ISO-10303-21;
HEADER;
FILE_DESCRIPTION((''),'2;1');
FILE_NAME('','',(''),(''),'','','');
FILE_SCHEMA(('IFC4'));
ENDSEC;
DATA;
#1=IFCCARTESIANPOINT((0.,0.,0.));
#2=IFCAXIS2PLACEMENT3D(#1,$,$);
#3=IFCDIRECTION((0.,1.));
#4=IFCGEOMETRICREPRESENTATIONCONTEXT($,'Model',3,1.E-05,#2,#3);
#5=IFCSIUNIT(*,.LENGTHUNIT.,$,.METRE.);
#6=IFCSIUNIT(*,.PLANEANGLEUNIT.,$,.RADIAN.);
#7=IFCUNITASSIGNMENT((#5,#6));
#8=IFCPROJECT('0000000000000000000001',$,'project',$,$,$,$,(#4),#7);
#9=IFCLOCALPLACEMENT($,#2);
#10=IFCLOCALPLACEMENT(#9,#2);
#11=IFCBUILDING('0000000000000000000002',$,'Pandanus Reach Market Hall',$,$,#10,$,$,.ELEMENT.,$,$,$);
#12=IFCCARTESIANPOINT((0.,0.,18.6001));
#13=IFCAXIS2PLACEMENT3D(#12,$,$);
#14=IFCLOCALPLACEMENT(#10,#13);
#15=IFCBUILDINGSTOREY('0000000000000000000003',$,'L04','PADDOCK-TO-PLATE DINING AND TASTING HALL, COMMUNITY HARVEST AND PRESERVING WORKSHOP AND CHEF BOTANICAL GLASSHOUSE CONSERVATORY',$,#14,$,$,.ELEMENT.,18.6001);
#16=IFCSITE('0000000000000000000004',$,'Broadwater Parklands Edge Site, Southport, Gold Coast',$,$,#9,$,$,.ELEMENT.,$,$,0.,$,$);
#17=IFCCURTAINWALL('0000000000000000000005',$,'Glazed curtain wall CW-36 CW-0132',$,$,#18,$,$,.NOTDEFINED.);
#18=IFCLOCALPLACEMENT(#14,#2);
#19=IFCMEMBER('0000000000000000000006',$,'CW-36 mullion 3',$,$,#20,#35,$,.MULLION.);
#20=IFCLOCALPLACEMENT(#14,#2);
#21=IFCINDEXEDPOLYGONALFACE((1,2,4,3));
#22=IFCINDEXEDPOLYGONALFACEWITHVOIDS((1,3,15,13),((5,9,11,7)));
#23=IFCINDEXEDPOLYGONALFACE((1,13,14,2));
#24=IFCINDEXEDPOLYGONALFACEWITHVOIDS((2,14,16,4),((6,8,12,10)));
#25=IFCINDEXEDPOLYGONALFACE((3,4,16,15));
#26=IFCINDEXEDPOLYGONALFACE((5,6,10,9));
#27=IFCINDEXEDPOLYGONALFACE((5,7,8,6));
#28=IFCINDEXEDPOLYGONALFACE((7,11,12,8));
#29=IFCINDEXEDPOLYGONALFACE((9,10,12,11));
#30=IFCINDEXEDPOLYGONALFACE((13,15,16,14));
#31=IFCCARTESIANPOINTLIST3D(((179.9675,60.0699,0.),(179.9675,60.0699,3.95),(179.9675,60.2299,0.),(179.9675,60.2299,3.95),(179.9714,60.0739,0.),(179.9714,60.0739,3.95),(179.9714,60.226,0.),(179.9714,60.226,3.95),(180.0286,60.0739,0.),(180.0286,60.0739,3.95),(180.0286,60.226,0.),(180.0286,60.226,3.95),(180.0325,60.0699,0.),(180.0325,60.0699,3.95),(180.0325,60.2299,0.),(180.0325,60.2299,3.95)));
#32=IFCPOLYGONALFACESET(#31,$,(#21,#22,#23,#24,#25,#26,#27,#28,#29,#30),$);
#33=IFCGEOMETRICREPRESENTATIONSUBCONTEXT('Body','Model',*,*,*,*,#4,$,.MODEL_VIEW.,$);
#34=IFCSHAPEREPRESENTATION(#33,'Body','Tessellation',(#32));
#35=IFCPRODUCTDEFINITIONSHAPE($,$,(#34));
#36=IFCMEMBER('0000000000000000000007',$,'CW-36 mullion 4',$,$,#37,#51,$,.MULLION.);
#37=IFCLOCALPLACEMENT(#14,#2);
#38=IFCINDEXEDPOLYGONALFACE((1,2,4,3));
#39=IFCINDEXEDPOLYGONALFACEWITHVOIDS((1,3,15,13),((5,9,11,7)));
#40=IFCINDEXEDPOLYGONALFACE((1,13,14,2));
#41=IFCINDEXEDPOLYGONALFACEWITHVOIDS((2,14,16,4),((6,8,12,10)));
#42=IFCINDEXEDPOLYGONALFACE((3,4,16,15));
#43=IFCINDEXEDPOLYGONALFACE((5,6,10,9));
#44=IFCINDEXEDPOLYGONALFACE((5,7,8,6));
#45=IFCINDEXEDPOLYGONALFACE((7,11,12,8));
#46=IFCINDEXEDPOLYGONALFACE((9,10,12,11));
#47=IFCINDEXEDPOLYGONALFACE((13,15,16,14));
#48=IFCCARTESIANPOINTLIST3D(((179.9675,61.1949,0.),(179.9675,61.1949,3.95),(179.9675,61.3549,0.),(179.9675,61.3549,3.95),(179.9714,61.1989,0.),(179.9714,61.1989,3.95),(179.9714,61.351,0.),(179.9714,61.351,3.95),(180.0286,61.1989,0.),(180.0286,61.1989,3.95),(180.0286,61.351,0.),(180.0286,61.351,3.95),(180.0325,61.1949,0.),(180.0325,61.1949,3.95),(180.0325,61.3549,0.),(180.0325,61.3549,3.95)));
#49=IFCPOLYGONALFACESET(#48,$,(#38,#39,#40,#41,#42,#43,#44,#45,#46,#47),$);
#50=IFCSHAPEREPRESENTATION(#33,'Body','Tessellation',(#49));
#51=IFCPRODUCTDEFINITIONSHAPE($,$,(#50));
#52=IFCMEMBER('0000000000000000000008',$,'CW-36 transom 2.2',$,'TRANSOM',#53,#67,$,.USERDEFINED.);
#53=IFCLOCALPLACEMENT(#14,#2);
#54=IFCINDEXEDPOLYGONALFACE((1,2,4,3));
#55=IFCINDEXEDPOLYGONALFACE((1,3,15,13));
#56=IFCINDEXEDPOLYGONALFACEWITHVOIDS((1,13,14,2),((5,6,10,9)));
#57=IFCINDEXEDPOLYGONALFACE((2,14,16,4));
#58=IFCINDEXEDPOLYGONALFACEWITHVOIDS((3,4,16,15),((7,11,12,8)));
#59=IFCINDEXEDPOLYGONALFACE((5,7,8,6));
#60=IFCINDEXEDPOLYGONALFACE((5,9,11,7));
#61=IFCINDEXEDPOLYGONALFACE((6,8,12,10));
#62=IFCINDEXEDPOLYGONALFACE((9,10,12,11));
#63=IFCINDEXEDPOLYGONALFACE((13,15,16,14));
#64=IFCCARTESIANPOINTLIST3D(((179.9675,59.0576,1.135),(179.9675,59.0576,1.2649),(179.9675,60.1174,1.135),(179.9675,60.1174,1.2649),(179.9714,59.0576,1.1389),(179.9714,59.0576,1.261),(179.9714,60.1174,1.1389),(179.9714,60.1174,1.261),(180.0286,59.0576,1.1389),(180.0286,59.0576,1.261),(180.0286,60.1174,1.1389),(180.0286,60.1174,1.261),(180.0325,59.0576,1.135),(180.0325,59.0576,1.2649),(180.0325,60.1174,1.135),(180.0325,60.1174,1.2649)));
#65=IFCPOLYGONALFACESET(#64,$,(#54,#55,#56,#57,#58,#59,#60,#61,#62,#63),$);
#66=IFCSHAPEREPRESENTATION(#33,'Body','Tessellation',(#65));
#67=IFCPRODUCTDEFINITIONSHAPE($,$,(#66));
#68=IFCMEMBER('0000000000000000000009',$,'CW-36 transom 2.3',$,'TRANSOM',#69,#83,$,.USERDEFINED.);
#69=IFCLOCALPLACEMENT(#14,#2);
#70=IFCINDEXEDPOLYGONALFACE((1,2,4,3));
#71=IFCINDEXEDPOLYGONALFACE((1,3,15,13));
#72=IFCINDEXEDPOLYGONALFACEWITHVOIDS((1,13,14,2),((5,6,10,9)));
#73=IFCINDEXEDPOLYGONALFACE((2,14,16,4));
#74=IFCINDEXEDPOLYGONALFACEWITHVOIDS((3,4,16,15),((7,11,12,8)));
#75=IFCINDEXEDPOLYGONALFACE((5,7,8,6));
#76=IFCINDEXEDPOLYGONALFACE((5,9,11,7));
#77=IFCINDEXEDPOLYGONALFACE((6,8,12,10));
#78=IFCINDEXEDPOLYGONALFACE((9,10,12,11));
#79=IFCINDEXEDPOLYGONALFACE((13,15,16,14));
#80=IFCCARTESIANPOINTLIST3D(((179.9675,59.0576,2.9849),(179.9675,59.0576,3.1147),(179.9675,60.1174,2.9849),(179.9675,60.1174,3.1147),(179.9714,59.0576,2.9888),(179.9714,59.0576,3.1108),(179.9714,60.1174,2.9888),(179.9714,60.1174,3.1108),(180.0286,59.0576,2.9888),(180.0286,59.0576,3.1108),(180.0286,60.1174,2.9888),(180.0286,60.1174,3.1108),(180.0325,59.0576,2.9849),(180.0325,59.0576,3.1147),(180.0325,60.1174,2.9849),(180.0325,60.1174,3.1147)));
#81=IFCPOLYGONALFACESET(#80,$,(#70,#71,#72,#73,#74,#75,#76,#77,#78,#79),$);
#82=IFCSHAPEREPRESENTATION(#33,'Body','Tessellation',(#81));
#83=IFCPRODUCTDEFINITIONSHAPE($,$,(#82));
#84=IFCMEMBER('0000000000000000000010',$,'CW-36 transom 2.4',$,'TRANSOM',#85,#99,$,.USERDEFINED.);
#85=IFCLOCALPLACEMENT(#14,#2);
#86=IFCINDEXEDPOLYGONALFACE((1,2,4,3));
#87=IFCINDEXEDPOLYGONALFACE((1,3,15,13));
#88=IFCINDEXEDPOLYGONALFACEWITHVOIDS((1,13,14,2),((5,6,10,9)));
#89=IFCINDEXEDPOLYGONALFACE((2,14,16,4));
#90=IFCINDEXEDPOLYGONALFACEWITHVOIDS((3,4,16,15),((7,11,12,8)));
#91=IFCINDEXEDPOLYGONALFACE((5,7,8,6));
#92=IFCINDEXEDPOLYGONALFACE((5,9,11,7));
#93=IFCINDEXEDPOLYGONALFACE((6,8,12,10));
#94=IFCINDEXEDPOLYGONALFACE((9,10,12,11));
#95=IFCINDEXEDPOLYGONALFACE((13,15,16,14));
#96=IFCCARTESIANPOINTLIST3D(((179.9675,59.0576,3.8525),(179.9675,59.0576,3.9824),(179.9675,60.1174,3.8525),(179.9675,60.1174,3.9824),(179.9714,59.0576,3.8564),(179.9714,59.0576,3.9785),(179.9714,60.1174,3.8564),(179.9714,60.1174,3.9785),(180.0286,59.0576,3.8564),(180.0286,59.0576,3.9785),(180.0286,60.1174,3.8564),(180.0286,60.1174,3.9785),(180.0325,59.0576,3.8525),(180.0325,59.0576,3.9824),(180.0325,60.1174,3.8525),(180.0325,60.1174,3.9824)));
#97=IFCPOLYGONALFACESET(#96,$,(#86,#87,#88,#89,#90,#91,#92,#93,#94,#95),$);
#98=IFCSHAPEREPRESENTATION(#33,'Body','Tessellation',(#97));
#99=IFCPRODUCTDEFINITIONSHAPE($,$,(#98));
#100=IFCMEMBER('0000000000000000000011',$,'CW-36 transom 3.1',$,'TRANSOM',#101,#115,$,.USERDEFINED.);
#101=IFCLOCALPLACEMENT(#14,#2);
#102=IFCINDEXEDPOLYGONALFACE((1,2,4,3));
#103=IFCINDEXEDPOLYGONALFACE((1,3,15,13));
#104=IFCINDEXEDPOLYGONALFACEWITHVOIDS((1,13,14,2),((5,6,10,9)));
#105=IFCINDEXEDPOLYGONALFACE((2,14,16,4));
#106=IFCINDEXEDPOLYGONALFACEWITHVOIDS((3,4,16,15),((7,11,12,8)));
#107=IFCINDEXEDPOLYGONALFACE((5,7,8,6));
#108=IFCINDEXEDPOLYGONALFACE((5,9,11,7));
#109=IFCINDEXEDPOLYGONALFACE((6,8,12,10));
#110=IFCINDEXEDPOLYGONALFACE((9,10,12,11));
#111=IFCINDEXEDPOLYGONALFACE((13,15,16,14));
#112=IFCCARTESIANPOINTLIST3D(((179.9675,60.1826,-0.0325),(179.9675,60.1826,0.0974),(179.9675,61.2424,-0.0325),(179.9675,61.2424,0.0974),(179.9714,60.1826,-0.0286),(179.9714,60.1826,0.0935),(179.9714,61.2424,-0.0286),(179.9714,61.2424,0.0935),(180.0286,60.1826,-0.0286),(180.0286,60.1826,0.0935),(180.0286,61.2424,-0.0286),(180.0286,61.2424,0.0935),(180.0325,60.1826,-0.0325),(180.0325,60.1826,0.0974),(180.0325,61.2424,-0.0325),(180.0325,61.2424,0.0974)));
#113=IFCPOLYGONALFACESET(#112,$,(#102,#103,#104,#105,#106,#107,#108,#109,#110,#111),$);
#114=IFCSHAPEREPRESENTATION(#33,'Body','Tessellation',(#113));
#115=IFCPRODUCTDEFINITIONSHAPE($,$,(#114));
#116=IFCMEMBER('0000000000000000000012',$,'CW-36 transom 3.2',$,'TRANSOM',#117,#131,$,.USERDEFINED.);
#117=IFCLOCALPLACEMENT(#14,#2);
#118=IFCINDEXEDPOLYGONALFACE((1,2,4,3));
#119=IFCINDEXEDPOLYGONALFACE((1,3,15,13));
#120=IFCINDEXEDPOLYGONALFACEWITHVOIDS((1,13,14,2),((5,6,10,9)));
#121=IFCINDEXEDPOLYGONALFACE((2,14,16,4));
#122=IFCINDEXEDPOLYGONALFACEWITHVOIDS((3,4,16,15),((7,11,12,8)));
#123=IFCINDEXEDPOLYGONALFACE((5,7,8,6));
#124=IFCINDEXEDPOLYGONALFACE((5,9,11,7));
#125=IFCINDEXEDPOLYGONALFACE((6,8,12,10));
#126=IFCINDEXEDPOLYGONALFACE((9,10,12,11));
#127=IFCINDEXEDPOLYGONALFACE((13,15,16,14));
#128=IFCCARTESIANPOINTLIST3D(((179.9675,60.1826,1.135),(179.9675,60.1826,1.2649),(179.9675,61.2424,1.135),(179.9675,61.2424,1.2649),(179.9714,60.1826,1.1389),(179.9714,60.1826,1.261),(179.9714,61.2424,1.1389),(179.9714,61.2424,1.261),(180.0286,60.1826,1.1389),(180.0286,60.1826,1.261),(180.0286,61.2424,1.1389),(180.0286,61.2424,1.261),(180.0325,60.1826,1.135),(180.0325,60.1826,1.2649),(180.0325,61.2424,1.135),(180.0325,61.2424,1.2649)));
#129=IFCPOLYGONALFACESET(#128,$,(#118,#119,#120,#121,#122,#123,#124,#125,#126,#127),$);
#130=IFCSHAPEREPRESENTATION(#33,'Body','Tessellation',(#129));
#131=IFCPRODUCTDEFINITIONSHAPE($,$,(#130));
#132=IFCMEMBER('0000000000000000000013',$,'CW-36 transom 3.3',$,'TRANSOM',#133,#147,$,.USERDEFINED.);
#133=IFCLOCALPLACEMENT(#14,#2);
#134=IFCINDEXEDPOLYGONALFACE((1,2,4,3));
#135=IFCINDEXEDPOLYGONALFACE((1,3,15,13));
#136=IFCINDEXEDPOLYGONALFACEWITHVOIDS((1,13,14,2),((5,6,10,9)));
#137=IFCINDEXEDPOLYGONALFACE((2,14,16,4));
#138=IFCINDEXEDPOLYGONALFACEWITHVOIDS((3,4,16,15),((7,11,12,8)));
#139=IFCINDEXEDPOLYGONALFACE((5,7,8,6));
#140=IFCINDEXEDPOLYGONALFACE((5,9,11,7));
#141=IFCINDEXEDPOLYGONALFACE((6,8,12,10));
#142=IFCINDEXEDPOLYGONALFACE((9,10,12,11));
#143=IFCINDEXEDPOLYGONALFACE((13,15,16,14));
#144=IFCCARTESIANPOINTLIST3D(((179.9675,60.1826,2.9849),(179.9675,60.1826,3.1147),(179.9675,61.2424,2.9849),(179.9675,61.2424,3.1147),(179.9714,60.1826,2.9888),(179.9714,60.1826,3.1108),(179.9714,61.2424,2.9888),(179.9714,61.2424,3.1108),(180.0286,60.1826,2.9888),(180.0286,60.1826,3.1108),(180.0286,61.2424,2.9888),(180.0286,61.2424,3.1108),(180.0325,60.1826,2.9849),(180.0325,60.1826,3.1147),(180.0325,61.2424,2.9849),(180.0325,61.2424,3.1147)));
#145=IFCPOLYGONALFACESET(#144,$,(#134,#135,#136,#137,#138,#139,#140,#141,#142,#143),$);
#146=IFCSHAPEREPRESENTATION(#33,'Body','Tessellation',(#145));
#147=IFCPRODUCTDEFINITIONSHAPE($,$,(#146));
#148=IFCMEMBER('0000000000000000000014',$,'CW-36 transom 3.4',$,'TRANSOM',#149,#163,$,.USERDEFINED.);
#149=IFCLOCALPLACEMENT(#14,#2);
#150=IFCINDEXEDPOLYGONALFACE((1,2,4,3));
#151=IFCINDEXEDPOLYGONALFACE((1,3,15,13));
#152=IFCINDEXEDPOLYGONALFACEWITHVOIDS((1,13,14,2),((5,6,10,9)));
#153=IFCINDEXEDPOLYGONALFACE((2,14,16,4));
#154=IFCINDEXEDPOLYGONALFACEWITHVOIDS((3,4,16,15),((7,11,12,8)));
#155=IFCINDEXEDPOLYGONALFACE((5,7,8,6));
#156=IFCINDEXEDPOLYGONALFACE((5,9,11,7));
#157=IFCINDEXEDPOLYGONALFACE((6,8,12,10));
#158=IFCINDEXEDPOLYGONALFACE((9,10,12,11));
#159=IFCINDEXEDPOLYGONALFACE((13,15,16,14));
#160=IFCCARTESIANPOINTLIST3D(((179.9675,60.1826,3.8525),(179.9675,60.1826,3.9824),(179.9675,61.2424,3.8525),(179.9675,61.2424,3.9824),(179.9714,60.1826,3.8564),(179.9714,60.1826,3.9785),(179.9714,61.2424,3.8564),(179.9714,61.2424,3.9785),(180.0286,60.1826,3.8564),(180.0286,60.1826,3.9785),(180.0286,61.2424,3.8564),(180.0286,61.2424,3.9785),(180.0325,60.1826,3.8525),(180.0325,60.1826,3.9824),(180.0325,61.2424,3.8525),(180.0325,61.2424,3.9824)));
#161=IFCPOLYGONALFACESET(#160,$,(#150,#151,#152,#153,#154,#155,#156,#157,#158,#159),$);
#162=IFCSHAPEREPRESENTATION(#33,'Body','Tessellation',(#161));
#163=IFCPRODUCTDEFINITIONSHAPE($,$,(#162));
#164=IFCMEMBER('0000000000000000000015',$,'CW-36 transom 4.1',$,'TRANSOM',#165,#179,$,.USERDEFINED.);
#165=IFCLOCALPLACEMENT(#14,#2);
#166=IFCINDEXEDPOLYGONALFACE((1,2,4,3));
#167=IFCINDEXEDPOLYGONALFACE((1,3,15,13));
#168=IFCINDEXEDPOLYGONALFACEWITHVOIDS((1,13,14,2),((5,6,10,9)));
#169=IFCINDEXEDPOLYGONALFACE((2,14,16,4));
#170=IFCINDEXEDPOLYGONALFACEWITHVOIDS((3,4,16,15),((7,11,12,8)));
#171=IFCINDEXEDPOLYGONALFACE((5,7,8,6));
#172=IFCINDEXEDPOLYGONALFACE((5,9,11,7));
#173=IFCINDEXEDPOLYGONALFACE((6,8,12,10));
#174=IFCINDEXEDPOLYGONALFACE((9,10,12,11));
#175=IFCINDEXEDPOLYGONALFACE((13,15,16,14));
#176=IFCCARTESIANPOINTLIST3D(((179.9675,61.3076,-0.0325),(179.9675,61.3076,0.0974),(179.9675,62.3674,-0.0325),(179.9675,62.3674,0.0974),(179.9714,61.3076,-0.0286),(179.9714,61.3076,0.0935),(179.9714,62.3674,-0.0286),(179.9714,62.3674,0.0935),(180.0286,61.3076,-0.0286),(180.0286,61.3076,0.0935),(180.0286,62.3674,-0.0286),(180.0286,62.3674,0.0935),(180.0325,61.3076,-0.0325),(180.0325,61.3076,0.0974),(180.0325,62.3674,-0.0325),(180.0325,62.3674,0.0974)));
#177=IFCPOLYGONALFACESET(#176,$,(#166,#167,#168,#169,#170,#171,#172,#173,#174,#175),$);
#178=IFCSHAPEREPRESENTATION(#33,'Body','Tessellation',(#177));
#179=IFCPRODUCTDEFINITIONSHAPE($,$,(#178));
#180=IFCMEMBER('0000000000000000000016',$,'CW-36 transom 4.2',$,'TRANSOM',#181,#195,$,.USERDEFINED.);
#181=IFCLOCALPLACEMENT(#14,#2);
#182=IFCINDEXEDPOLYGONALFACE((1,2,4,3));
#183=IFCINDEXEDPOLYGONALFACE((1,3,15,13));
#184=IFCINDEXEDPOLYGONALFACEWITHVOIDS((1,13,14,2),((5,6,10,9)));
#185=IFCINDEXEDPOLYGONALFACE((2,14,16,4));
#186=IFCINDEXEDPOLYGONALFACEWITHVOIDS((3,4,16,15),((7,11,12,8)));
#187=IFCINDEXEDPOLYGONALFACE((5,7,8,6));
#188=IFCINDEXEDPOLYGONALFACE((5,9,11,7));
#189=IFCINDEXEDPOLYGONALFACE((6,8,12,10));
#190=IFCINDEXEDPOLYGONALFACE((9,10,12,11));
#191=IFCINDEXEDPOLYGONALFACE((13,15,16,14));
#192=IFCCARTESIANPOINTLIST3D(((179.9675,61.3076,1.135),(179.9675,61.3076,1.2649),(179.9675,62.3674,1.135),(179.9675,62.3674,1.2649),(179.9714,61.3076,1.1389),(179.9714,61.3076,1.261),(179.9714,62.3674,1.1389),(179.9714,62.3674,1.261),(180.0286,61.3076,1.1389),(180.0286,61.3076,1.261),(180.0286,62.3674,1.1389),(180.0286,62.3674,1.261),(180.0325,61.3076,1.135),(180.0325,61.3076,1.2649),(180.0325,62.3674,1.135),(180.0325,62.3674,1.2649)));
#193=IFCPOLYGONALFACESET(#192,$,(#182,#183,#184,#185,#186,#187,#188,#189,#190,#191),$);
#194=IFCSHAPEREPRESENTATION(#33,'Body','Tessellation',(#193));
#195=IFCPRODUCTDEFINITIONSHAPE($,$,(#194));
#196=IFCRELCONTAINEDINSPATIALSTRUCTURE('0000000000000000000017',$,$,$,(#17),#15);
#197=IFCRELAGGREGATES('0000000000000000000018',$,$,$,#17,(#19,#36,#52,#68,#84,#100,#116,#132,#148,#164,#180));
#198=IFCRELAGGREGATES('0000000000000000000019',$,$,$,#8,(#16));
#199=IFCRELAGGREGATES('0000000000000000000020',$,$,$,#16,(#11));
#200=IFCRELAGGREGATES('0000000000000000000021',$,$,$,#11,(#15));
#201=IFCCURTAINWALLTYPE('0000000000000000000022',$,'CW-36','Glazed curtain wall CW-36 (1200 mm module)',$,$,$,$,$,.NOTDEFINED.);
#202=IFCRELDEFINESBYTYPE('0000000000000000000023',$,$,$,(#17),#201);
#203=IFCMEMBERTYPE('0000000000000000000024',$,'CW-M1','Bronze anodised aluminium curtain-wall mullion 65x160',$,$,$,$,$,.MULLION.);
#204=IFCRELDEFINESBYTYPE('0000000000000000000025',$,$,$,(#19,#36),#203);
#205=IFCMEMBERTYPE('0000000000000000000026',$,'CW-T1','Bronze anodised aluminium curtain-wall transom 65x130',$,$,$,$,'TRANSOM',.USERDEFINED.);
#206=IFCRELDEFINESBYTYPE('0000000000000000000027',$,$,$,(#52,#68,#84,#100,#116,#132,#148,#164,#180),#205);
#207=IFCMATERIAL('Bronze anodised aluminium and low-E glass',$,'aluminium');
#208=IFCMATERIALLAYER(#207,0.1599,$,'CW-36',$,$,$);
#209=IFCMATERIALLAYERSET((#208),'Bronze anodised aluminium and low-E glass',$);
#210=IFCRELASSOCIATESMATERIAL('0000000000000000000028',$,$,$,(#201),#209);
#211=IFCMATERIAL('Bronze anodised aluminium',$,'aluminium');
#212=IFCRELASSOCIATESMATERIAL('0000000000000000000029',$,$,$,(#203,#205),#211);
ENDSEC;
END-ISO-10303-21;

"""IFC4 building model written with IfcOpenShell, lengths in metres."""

from ifc_helpers import new_model, si_unit, direction, frame, origin, origin_2d, place, context, subcontext, project, spatial, hollow_rectangle, extrude, material, layer, layer_set, material_profile, profile_set, type_object, element, aggregate, save


model = new_model("IFC4")

# Units and contexts
model_context = context("Model", 3, precision=1e-05, world=origin(), true_north=direction((0.0, 1.0)))
body_context = subcontext(model_context, "Body", "Model", "MODEL_VIEW")
ifc_project = project(units=[si_unit("LENGTHUNIT", "METRE"), si_unit("PLANEANGLEUNIT", "RADIAN")], contexts=[model_context])

# Site, building, storey
site_placement = place(None, origin())
site = spatial("IfcSite", under=ifc_project, at=site_placement, Name="Broadwater Parklands Edge Site, Southport, Gold Coast", CompositionType="ELEMENT", RefElevation=0.0)
building_placement = place(site_placement, origin())
building = spatial("IfcBuilding", under=site, at=building_placement, Name="Pandanus Reach Market Hall", CompositionType="ELEMENT")
storey_placement = place(building_placement, frame((0.0, 0.0, 18.6001)))
storey = spatial("IfcBuildingStorey", under=building, at=storey_placement, Name="L04", Description="PADDOCK-TO-PLATE DINING AND TASTING HALL, COMMUNITY HARVEST AND PRESERVING WORKSHOP AND CHEF BOTANICAL GLASSHOUSE CONSERVATORY", CompositionType="ELEMENT", Elevation=18.6001)

# Curtain wall, members
ifc_material_1 = material(Name="Bronze anodised aluminium and low-E glass", Category="aluminium")
ifc_layer_1 = layer(ifc_material_1, 0.1599, Name="CW-36")
ifc_layer_set_1 = layer_set([ifc_layer_1], Name="Bronze anodised aluminium and low-E glass")
curtain_wall_type = type_object("IfcCurtainWallType", Name="CW-36", Description="Glazed curtain wall CW-36 (1200 mm module)", PredefinedType="NOTDEFINED", material=ifc_layer_set_1)
curtain_wall_placement = place(storey_placement, origin())
curtain_wall = element("IfcCurtainWall", 1, at=curtain_wall_placement, inside=storey, type_object=curtain_wall_type, Name="Glazed curtain wall CW-36 CW-0132", PredefinedType="NOTDEFINED")
ifc_material_2 = material(Name="Bronze anodised aluminium", Category="aluminium")
ifc_material_profile_1 = material_profile(ifc_material_2, hollow_rectangle(XDim=0.0649, YDim=0.1599, WallThickness=0.0039, at=origin_2d()), Name="ALU65x160", Category="LoadBearing")
ifc_profile_set_1 = profile_set([ifc_material_profile_1], Name="Bronze anodised aluminium")
member_type_1 = type_object("IfcMemberType", Name="CW-M1", Description="Bronze anodised aluminium curtain-wall mullion 65x160", PredefinedType="MULLION", material=ifc_profile_set_1)
member_1_placement = place(storey_placement, frame((180.0, 60.1499, 0.0), z_axis=(0.0, 0.0, 1.0), x_axis=(-1.0, 0.0, 0.0)))
member_1 = element("IfcMember", 2, at=member_1_placement, type_object=member_type_1, Name="CW-36 mullion 3", PredefinedType="MULLION", context=body_context, shape_type="SweptSolid", body=[
    extrude(hollow_rectangle(XDim=0.0649, YDim=0.1599, WallThickness=0.0039, at=origin_2d()), origin(), (0.0, 0.0, 1.0), 3.95),
])
member_2_placement = place(storey_placement, frame((180.0, 61.2749, 0.0), z_axis=(0.0, 0.0, 1.0), x_axis=(-1.0, 0.0, 0.0)))
member_2 = element("IfcMember", 3, at=member_2_placement, type_object=member_type_1, Name="CW-36 mullion 4", PredefinedType="MULLION", context=body_context, shape_type="SweptSolid", body=[
    extrude(hollow_rectangle(XDim=0.0649, YDim=0.1599, WallThickness=0.0039, at=origin_2d()), origin(), (0.0, 0.0, 1.0), 3.95),
])
ifc_material_profile_2 = material_profile(ifc_material_2, hollow_rectangle(XDim=0.0649, YDim=0.1299, WallThickness=0.0039, at=origin_2d()), Name="ALU65x130", Category="LoadBearing")
ifc_profile_set_2 = profile_set([ifc_material_profile_2], Name="Bronze anodised aluminium")
member_type_2 = type_object("IfcMemberType", Name="CW-T1", Description="Bronze anodised aluminium curtain-wall transom 65x130", ElementType="TRANSOM", PredefinedType="USERDEFINED", material=ifc_profile_set_2)
member_3_placement = place(storey_placement, frame((180.0, 59.0576, 1.2), z_axis=(0.0, 1.0, 0.0), x_axis=(-1.0, 0.0, 0.0)))
member_3 = element("IfcMember", 4, at=member_3_placement, type_object=member_type_2, Name="CW-36 transom 2.2", ObjectType="TRANSOM", PredefinedType="USERDEFINED", context=body_context, shape_type="SweptSolid", body=[
    extrude(hollow_rectangle(XDim=0.0649, YDim=0.1299, WallThickness=0.0039, at=origin_2d()), origin(), (0.0, 0.0, 1.0), 1.0598),
])
member_4_placement = place(storey_placement, frame((180.0, 59.0576, 3.0498), z_axis=(0.0, 1.0, 0.0), x_axis=(-1.0, 0.0, 0.0)))
member_4 = element("IfcMember", 5, at=member_4_placement, type_object=member_type_2, Name="CW-36 transom 2.3", ObjectType="TRANSOM", PredefinedType="USERDEFINED", context=body_context, shape_type="SweptSolid", body=[
    extrude(hollow_rectangle(XDim=0.0649, YDim=0.1299, WallThickness=0.0039, at=origin_2d()), origin(), (0.0, 0.0, 1.0), 1.0598),
])
member_5_placement = place(storey_placement, frame((180.0, 59.0576, 3.9175), z_axis=(0.0, 1.0, 0.0), x_axis=(-1.0, 0.0, 0.0)))
member_5 = element("IfcMember", 6, at=member_5_placement, type_object=member_type_2, Name="CW-36 transom 2.4", ObjectType="TRANSOM", PredefinedType="USERDEFINED", context=body_context, shape_type="SweptSolid", body=[
    extrude(hollow_rectangle(XDim=0.0649, YDim=0.1299, WallThickness=0.0039, at=origin_2d()), origin(), (0.0, 0.0, 1.0), 1.0598),
])
member_6_placement = place(storey_placement, frame((180.0, 60.1826, 0.0325), z_axis=(0.0, 1.0, 0.0), x_axis=(-1.0, 0.0, 0.0)))
member_6 = element("IfcMember", 7, at=member_6_placement, type_object=member_type_2, Name="CW-36 transom 3.1", ObjectType="TRANSOM", PredefinedType="USERDEFINED", context=body_context, shape_type="SweptSolid", body=[
    extrude(hollow_rectangle(XDim=0.0649, YDim=0.1299, WallThickness=0.0039, at=origin_2d()), origin(), (0.0, 0.0, 1.0), 1.0598),
])
member_7_placement = place(storey_placement, frame((180.0, 60.1826, 1.2), z_axis=(0.0, 1.0, 0.0), x_axis=(-1.0, 0.0, 0.0)))
member_7 = element("IfcMember", 8, at=member_7_placement, type_object=member_type_2, Name="CW-36 transom 3.2", ObjectType="TRANSOM", PredefinedType="USERDEFINED", context=body_context, shape_type="SweptSolid", body=[
    extrude(hollow_rectangle(XDim=0.0649, YDim=0.1299, WallThickness=0.0039, at=origin_2d()), origin(), (0.0, 0.0, 1.0), 1.0598),
])
member_8_placement = place(storey_placement, frame((180.0, 60.1826, 3.0498), z_axis=(0.0, 1.0, 0.0), x_axis=(-1.0, 0.0, 0.0)))
member_8 = element("IfcMember", 9, at=member_8_placement, type_object=member_type_2, Name="CW-36 transom 3.3", ObjectType="TRANSOM", PredefinedType="USERDEFINED", context=body_context, shape_type="SweptSolid", body=[
    extrude(hollow_rectangle(XDim=0.0649, YDim=0.1299, WallThickness=0.0039, at=origin_2d()), origin(), (0.0, 0.0, 1.0), 1.0598),
])
member_9_placement = place(storey_placement, frame((180.0, 60.1826, 3.9175), z_axis=(0.0, 1.0, 0.0), x_axis=(-1.0, 0.0, 0.0)))
member_9 = element("IfcMember", 10, at=member_9_placement, type_object=member_type_2, Name="CW-36 transom 3.4", ObjectType="TRANSOM", PredefinedType="USERDEFINED", context=body_context, shape_type="SweptSolid", body=[
    extrude(hollow_rectangle(XDim=0.0649, YDim=0.1299, WallThickness=0.0039, at=origin_2d()), origin(), (0.0, 0.0, 1.0), 1.0598),
])
member_10_placement = place(storey_placement, frame((180.0, 61.3076, 0.0325), z_axis=(0.0, 1.0, 0.0), x_axis=(-1.0, 0.0, 0.0)))
member_10 = element("IfcMember", 11, at=member_10_placement, type_object=member_type_2, Name="CW-36 transom 4.1", ObjectType="TRANSOM", PredefinedType="USERDEFINED", context=body_context, shape_type="SweptSolid", body=[
    extrude(hollow_rectangle(XDim=0.0649, YDim=0.1299, WallThickness=0.0039, at=origin_2d()), origin(), (0.0, 0.0, 1.0), 1.0598),
])
member_11_placement = place(storey_placement, frame((180.0, 61.3076, 1.2), z_axis=(0.0, 1.0, 0.0), x_axis=(-1.0, 0.0, 0.0)))
member_11 = element("IfcMember", 12, at=member_11_placement, type_object=member_type_2, Name="CW-36 transom 4.2", ObjectType="TRANSOM", PredefinedType="USERDEFINED", context=body_context, shape_type="SweptSolid", body=[
    extrude(hollow_rectangle(XDim=0.0649, YDim=0.1299, WallThickness=0.0039, at=origin_2d()), origin(), (0.0, 0.0, 1.0), 1.0598),
])
aggregate(curtain_wall, [member_1, member_2, member_3, member_4, member_5, member_6, member_7, member_8, member_9, member_10, member_11])

save(model, "model.ifc")
